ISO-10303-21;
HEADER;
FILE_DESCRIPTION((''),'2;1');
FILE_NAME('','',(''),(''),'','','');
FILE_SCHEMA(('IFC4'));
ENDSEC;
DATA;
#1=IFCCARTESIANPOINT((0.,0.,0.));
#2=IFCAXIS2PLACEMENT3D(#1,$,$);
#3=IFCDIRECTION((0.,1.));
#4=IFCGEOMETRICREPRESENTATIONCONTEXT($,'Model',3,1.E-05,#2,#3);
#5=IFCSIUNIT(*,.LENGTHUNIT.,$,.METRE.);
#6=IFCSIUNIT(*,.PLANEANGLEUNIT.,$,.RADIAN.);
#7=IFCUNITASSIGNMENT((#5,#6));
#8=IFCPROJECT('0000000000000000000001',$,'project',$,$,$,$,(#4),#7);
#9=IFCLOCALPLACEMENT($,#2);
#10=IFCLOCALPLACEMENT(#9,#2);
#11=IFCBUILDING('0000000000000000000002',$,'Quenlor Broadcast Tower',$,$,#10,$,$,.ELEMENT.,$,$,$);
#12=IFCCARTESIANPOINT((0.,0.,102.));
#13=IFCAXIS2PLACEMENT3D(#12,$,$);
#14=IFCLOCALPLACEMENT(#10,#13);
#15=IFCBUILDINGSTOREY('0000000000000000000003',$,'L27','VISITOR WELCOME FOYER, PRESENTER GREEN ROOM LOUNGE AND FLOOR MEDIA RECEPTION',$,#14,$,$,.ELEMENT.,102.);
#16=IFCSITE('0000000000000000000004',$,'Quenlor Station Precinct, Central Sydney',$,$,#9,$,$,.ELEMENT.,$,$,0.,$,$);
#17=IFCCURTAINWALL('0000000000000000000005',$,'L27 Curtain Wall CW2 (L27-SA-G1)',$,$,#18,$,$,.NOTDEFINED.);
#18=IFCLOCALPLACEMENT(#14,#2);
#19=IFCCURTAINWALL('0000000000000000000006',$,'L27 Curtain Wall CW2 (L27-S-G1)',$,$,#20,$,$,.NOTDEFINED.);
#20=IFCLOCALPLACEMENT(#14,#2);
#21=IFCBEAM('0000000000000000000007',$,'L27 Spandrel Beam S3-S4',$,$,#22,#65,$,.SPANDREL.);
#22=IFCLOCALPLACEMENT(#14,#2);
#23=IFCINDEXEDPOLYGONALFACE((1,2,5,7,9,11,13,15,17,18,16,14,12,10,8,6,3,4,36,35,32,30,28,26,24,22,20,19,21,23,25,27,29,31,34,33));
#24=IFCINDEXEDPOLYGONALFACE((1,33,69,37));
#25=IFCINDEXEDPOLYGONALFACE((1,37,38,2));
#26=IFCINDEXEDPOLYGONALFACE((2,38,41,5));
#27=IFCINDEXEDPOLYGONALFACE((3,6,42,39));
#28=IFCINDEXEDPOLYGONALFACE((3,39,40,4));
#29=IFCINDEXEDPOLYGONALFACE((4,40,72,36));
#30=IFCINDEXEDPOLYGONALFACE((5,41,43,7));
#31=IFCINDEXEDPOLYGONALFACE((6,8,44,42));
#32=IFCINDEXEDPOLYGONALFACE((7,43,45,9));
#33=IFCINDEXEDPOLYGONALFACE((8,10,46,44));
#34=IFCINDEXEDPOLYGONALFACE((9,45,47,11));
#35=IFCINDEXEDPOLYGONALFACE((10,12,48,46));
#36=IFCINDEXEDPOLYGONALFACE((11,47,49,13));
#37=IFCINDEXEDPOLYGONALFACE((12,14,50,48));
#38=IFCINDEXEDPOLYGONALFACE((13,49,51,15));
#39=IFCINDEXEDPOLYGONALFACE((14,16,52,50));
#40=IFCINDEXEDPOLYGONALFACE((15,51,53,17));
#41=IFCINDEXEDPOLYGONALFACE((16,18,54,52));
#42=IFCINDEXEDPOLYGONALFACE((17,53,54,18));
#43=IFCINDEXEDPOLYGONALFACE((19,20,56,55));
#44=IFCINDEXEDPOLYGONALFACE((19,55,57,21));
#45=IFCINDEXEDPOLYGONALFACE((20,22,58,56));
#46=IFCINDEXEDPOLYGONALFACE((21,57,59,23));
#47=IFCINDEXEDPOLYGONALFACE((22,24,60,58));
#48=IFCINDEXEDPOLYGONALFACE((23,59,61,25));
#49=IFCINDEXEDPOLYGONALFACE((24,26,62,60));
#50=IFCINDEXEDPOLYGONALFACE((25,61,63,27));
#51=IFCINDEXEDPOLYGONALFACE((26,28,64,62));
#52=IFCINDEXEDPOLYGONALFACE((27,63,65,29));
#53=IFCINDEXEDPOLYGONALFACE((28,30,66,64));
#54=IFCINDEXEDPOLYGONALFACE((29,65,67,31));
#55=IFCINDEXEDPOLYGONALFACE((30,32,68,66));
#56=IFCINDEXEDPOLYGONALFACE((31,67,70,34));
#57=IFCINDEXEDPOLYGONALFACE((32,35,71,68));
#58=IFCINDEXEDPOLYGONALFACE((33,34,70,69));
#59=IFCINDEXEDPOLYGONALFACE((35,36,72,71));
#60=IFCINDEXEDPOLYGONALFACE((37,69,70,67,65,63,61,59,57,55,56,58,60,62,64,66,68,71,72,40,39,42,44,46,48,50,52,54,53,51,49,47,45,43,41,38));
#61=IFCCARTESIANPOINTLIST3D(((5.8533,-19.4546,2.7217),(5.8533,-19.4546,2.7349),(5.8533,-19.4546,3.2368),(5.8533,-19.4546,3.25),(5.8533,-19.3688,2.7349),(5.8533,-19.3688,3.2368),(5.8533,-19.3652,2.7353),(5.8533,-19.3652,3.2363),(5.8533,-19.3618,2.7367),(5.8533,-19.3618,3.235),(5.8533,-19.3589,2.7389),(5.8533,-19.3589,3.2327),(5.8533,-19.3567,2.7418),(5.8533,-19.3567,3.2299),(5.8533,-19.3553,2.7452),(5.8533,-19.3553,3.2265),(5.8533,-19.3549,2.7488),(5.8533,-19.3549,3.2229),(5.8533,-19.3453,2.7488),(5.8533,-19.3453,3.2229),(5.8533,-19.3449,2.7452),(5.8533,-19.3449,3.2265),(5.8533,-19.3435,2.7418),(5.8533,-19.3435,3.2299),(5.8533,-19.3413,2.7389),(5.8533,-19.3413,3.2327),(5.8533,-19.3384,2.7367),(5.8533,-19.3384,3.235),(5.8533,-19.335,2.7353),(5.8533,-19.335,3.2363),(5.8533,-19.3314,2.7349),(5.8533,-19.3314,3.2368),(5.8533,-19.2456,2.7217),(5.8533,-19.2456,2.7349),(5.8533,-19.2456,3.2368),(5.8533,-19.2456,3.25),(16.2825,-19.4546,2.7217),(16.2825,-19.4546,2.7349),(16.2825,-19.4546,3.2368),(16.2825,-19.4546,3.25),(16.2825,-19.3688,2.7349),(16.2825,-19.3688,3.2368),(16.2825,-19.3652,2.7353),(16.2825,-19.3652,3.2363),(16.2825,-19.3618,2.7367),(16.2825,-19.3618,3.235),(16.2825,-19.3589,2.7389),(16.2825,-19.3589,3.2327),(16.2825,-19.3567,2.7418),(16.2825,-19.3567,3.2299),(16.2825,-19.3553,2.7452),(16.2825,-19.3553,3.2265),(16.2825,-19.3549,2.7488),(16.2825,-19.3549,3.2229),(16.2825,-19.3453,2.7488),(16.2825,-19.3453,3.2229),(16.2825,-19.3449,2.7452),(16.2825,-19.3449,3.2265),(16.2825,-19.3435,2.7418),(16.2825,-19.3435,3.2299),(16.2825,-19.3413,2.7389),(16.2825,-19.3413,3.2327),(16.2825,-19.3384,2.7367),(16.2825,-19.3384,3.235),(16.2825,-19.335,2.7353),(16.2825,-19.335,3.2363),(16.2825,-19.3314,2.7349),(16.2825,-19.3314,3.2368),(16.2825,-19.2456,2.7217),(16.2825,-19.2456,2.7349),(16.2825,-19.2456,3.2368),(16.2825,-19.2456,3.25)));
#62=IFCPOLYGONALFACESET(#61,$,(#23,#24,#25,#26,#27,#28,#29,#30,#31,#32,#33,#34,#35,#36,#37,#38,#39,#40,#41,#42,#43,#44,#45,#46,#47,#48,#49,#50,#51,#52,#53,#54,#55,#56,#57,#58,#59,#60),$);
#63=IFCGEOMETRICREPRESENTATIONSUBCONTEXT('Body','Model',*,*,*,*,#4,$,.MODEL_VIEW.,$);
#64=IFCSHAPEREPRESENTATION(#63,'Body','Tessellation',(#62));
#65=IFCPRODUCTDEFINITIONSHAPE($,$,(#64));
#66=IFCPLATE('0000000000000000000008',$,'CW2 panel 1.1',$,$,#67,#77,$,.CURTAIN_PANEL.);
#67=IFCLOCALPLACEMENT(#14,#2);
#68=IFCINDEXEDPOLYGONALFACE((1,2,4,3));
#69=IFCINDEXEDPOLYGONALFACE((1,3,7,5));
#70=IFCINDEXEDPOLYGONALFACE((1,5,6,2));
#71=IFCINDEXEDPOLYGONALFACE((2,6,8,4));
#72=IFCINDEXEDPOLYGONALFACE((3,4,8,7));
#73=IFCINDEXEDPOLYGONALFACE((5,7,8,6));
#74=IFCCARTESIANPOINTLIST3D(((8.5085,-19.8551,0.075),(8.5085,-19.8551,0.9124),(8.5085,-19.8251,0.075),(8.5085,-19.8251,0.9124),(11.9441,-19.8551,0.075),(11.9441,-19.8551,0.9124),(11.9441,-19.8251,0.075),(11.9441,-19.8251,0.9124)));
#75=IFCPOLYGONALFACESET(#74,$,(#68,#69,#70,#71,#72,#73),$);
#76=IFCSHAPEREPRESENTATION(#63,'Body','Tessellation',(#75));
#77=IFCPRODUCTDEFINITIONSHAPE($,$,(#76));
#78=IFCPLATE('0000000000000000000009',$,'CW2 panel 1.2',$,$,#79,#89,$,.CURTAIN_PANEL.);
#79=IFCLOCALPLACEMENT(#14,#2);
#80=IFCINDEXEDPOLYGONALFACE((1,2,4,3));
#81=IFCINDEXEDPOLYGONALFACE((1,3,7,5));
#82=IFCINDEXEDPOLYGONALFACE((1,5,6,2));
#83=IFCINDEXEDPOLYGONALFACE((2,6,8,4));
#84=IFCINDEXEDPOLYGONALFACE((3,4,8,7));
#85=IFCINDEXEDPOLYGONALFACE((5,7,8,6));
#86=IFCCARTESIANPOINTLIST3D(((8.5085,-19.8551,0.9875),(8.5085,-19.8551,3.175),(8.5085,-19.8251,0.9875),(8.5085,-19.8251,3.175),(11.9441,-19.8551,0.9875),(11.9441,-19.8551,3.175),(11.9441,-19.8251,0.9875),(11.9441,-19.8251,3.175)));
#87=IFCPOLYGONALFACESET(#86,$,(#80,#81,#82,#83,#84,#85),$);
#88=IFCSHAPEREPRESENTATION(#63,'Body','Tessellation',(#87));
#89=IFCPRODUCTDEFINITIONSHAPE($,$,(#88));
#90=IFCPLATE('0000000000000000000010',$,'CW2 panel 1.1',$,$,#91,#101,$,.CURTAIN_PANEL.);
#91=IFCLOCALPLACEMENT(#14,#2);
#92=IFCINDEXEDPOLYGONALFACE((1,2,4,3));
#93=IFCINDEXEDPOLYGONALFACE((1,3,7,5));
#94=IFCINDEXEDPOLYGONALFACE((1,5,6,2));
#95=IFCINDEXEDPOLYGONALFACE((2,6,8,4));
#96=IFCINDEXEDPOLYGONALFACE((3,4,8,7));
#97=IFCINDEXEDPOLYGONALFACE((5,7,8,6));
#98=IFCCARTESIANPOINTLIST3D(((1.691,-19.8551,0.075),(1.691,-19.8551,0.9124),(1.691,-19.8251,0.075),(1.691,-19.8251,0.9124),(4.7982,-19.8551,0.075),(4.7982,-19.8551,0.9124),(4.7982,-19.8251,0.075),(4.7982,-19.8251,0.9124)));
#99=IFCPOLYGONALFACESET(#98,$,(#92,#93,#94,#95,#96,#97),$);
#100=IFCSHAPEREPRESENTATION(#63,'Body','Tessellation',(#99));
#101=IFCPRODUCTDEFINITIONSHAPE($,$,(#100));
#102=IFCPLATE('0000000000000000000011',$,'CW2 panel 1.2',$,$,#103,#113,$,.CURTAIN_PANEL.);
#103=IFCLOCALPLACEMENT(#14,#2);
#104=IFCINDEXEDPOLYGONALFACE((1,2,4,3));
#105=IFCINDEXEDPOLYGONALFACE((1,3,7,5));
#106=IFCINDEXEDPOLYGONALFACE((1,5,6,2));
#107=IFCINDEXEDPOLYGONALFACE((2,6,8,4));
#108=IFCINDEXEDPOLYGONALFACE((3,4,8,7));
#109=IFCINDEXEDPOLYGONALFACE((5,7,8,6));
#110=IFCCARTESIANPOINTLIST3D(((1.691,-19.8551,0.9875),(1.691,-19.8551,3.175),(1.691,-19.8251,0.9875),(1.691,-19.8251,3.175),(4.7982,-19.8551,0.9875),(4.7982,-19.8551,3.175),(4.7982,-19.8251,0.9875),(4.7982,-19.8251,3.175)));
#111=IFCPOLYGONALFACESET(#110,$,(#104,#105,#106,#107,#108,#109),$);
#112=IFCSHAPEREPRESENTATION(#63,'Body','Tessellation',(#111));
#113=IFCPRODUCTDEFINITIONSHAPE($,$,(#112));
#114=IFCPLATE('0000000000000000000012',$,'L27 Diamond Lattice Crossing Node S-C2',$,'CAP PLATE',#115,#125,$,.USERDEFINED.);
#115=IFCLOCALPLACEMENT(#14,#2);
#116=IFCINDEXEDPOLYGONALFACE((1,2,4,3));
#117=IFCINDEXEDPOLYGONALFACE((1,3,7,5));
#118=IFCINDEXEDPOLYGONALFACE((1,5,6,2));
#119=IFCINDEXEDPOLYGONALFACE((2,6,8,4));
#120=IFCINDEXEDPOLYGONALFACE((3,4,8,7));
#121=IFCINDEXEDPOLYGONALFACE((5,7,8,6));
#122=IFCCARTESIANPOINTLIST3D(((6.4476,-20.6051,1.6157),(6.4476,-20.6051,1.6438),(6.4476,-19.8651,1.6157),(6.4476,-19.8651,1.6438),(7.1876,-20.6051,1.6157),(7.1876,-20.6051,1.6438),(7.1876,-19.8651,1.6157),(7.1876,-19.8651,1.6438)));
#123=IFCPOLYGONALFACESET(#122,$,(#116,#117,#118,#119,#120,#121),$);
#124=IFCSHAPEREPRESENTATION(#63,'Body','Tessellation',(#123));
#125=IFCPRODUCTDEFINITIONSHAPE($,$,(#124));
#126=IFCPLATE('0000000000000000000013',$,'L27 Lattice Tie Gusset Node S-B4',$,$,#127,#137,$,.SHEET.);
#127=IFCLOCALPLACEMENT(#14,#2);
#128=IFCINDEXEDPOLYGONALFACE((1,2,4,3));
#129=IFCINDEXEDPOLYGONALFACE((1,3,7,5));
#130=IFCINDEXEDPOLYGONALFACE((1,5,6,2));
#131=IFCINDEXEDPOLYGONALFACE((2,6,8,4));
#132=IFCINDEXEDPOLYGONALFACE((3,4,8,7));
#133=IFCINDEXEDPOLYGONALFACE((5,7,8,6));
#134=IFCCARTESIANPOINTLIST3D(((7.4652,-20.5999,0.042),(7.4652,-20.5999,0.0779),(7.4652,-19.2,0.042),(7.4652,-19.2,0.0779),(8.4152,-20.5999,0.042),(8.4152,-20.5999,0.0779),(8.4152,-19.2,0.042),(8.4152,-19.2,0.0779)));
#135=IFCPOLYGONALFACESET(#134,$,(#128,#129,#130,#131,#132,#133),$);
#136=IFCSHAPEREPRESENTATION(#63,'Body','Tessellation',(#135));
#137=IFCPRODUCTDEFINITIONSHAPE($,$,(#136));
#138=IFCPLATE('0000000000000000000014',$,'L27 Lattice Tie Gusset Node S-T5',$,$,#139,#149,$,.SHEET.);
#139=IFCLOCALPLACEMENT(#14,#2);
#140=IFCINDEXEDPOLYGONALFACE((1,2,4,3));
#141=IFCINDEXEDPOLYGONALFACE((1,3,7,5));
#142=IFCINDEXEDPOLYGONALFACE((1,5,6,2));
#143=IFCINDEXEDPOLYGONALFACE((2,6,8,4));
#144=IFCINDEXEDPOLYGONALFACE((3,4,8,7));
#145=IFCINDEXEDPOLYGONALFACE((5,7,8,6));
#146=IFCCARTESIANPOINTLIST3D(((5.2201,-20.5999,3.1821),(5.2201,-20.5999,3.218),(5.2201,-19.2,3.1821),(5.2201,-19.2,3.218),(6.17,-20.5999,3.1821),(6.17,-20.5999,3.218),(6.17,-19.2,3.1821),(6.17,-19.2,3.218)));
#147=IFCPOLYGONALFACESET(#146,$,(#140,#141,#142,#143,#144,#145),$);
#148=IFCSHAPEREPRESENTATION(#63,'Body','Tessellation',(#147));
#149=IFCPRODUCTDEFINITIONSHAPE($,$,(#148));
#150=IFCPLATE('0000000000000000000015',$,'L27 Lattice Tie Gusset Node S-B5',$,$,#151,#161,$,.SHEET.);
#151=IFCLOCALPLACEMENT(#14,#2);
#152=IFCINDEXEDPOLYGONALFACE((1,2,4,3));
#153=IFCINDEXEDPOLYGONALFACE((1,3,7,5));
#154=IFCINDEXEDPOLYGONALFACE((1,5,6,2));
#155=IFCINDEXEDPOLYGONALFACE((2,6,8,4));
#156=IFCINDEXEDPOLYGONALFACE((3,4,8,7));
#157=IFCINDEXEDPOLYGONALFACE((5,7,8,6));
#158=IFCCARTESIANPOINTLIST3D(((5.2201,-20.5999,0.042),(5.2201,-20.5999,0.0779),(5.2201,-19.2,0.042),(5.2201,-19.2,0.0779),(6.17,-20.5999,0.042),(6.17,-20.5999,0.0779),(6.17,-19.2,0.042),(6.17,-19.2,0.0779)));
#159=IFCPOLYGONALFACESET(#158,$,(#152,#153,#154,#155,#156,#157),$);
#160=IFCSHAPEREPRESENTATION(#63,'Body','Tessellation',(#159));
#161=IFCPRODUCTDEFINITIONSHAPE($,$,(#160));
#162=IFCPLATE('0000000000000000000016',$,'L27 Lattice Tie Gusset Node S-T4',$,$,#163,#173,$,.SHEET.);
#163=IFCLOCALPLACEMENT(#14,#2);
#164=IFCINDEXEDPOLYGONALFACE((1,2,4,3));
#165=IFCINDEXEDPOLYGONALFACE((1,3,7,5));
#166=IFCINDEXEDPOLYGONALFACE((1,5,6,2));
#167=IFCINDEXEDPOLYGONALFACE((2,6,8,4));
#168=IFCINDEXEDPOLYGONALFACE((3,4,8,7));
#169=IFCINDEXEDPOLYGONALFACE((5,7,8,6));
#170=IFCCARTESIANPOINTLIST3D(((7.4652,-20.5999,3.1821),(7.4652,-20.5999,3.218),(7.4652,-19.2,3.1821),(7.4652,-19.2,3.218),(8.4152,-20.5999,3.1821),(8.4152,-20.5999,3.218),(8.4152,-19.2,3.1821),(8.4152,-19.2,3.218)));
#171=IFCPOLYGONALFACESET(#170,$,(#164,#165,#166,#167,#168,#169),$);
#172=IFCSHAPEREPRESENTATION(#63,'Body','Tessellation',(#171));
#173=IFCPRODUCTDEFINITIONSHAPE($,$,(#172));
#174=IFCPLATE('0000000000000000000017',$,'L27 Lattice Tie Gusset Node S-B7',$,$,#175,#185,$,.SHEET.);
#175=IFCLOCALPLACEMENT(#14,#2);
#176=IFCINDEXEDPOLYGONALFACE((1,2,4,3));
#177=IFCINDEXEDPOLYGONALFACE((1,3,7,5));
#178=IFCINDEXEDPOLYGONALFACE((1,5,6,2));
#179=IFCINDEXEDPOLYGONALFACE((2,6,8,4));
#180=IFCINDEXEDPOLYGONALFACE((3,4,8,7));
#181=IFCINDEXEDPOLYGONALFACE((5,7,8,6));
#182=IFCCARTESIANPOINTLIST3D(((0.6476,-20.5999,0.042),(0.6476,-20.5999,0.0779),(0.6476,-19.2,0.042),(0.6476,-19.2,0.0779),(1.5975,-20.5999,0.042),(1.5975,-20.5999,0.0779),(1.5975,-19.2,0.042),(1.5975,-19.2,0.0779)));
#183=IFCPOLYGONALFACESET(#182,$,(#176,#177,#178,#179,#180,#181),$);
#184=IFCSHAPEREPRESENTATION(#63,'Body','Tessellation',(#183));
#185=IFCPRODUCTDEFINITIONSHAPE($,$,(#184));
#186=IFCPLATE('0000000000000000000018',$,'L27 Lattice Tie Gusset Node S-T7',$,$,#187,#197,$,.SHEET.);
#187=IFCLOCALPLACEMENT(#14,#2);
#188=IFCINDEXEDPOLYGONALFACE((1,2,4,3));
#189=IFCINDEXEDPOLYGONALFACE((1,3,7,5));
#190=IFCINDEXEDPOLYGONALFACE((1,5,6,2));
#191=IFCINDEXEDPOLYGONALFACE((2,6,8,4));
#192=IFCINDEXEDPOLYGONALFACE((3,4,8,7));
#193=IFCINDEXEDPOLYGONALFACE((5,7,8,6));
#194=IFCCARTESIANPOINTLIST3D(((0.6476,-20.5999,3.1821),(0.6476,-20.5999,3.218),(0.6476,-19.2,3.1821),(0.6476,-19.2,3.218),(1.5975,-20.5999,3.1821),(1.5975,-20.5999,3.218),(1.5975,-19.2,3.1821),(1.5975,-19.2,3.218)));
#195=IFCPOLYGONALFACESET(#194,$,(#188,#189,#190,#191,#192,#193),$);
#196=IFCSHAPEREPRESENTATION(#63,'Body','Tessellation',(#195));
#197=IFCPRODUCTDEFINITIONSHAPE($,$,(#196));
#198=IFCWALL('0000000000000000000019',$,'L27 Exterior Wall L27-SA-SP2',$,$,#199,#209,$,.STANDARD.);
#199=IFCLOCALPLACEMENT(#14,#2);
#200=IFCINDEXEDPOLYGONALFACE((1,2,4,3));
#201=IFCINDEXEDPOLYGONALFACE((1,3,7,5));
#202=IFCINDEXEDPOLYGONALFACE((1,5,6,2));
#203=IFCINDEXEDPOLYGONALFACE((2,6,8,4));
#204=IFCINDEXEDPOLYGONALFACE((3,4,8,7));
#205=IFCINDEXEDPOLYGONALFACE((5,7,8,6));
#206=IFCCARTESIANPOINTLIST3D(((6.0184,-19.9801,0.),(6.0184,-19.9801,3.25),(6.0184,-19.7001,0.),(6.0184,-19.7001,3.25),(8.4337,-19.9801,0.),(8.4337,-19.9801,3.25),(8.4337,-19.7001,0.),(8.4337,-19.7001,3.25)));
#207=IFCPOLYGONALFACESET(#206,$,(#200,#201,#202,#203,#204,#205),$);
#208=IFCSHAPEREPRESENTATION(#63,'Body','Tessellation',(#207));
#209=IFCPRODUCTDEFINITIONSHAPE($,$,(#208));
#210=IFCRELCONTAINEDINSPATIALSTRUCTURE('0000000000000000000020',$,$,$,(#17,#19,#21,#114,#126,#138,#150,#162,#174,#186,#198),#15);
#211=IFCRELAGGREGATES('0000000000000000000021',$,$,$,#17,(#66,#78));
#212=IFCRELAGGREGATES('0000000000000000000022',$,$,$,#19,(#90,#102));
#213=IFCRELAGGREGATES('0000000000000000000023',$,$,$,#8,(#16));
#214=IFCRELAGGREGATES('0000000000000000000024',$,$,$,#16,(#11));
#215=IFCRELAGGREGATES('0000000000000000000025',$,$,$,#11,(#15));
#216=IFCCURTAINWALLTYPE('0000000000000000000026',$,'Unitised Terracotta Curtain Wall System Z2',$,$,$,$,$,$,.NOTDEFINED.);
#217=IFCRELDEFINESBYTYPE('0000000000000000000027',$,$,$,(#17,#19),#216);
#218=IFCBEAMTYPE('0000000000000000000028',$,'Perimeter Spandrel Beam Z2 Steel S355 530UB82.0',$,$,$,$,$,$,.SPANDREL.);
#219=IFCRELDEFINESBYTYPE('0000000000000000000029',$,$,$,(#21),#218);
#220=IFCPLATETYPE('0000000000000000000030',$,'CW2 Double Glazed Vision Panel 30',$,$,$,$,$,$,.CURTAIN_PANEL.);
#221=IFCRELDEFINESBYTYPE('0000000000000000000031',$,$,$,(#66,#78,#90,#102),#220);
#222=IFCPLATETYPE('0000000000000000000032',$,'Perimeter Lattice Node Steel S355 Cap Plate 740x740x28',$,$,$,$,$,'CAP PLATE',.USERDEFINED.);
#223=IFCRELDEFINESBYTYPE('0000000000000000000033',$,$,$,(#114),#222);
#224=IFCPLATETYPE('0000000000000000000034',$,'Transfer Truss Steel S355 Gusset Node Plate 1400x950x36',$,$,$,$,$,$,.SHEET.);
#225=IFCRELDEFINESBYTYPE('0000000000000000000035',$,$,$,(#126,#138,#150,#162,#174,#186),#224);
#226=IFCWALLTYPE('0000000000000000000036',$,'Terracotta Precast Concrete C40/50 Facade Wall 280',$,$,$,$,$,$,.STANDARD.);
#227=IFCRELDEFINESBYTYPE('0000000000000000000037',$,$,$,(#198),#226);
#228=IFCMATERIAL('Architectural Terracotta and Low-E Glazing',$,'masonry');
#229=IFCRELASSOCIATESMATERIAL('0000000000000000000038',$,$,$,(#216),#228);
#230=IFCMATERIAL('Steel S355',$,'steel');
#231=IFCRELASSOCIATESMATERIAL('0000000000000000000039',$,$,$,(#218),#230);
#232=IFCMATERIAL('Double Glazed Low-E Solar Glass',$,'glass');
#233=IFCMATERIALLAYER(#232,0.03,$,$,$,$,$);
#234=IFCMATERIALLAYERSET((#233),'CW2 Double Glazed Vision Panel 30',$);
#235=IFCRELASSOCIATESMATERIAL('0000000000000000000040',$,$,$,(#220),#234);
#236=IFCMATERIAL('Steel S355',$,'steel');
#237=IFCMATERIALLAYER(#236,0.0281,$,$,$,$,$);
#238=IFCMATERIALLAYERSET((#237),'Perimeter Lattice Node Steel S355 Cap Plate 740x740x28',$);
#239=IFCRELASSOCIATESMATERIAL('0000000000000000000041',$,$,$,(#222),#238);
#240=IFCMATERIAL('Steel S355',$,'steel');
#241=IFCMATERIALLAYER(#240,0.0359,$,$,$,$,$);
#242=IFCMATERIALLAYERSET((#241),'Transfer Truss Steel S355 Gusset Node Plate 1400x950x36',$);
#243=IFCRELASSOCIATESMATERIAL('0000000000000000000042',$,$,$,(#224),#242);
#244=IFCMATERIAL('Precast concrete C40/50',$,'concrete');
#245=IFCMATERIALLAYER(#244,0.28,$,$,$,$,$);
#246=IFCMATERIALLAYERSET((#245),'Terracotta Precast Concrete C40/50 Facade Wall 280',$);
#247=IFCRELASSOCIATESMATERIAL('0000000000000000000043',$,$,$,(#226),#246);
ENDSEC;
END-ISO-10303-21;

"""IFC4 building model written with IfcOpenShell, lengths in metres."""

from ifc_helpers import new_model, si_unit, direction, frame, frame_2d, origin, origin_2d, place, context, subcontext, project, spatial, rectangle, i_section, extrude, material, layer, layer_set, material_profile, profile_set, type_object, element, aggregate, save


model = new_model("IFC4")

# Units and contexts
model_context = context("Model", 3, precision=1e-05, world=origin(), true_north=direction((0.0, 1.0)))
body_context = subcontext(model_context, "Body", "Model", "MODEL_VIEW")
ifc_project = project(units=[si_unit("LENGTHUNIT", "METRE"), si_unit("PLANEANGLEUNIT", "RADIAN")], contexts=[model_context])

# Site, building, storey
site_placement = place(None, origin())
site = spatial("IfcSite", under=ifc_project, at=site_placement, Name="Quenlor Station Precinct, Central Sydney", CompositionType="ELEMENT", RefElevation=0.0)
building_placement = place(site_placement, origin())
building = spatial("IfcBuilding", under=site, at=building_placement, Name="Quenlor Broadcast Tower", CompositionType="ELEMENT")
storey_placement = place(building_placement, frame((0.0, 0.0, 102.0)))
storey = spatial("IfcBuildingStorey", under=building, at=storey_placement, Name="L27", Description="VISITOR WELCOME FOYER, PRESENTER GREEN ROOM LOUNGE AND FLOOR MEDIA RECEPTION", CompositionType="ELEMENT", Elevation=102.0)

# Curtain wall
ifc_material_1 = material(Name="Architectural Terracotta and Low-E Glazing", Category="masonry")
curtain_wall_type = type_object("IfcCurtainWallType", Name="Unitised Terracotta Curtain Wall System Z2", PredefinedType="NOTDEFINED", material=ifc_material_1)
curtain_wall_1_placement = place(storey_placement, origin())
curtain_wall_1 = element("IfcCurtainWall", 1, at=curtain_wall_1_placement, inside=storey, type_object=curtain_wall_type, Name="L27 Curtain Wall CW2 (L27-SA-G1)", PredefinedType="NOTDEFINED")

# Curtain wall
curtain_wall_2_placement = place(storey_placement, origin())
curtain_wall_2 = element("IfcCurtainWall", 2, at=curtain_wall_2_placement, inside=storey, type_object=curtain_wall_type, Name="L27 Curtain Wall CW2 (L27-S-G1)", PredefinedType="NOTDEFINED")

# Beam
ifc_material_2 = material(Name="Steel S355", Category="steel")
ifc_material_profile_1 = material_profile(ifc_material_2, i_section(OverallWidth=0.209, OverallDepth=0.5283, WebThickness=0.0095, FlangeThickness=0.0132, FilletRadius=0.0139, at=origin_2d()))
ifc_profile_set_1 = profile_set([ifc_material_profile_1], Name="Steel S355 530UB82.0")
beam_type = type_object("IfcBeamType", Name="Perimeter Spandrel Beam Z2 Steel S355 530UB82.0", PredefinedType="SPANDREL", material=ifc_profile_set_1)
beam_placement = place(storey_placement, frame((5.8533, -19.3501, 2.9858), z_axis=(1.0, 0.0, 0.0), x_axis=(0.0, 1.0, 0.0)))
element("IfcBeam", 3, at=beam_placement, inside=storey, type_object=beam_type, Name="L27 Spandrel Beam S3-S4", PredefinedType="SPANDREL", context=body_context, shape_type="SweptSolid", body=[
    extrude(i_section(OverallWidth=0.209, OverallDepth=0.5283, WebThickness=0.0095, FlangeThickness=0.0132, FilletRadius=0.0139, at=origin_2d()), origin(), (0.0, 0.0, 1.0), 10.4292),
])

# Plates
ifc_material_3 = material(Name="Double Glazed Low-E Solar Glass", Category="glass")
ifc_layer_1 = layer(ifc_material_3, 0.03)
ifc_layer_set_1 = layer_set([ifc_layer_1], Name="CW2 Double Glazed Vision Panel 30")
plate_type_1 = type_object("IfcPlateType", Name="CW2 Double Glazed Vision Panel 30", PredefinedType="CURTAIN_PANEL", material=ifc_layer_set_1)
plate_1_placement = place(storey_placement, frame((10.2263, -19.8401, 0.075), z_axis=(0.0, 0.0, 1.0), x_axis=(-1.0, 0.0, 0.0)))
plate_1 = element("IfcPlate", 4, at=plate_1_placement, type_object=plate_type_1, Name="CW2 panel 1.1", PredefinedType="CURTAIN_PANEL", context=body_context, shape_type="SweptSolid", body=[
    extrude(rectangle(XDim=3.4355, YDim=0.03, at=origin_2d()), origin(), (0.0, 0.0, 1.0), 0.8374),
])
plate_2_placement = place(storey_placement, frame((10.2263, -19.8401, 0.9875), z_axis=(0.0, 0.0, 1.0), x_axis=(-1.0, 0.0, 0.0)))
plate_2 = element("IfcPlate", 5, at=plate_2_placement, type_object=plate_type_1, Name="CW2 panel 1.2", PredefinedType="CURTAIN_PANEL", context=body_context, shape_type="SweptSolid", body=[
    extrude(rectangle(XDim=3.4355, YDim=0.03, at=origin_2d()), origin(), (0.0, 0.0, 1.0), 2.1875),
])
aggregate(curtain_wall_1, [plate_1, plate_2])
plate_3_placement = place(storey_placement, frame((3.2446, -19.8401, 0.075), z_axis=(0.0, 0.0, 1.0), x_axis=(-1.0, 0.0, 0.0)))
plate_3 = element("IfcPlate", 6, at=plate_3_placement, type_object=plate_type_1, Name="CW2 panel 1.1", PredefinedType="CURTAIN_PANEL", context=body_context, shape_type="SweptSolid", body=[
    extrude(rectangle(XDim=3.1072, YDim=0.03, at=origin_2d()), origin(), (0.0, 0.0, 1.0), 0.8374),
])
plate_4_placement = place(storey_placement, frame((3.2446, -19.8401, 0.9875), z_axis=(0.0, 0.0, 1.0), x_axis=(-1.0, 0.0, 0.0)))
plate_4 = element("IfcPlate", 7, at=plate_4_placement, type_object=plate_type_1, Name="CW2 panel 1.2", PredefinedType="CURTAIN_PANEL", context=body_context, shape_type="SweptSolid", body=[
    extrude(rectangle(XDim=3.1072, YDim=0.03, at=origin_2d()), origin(), (0.0, 0.0, 1.0), 2.1875),
])
aggregate(curtain_wall_2, [plate_3, plate_4])

# Plates
ifc_material_4 = material(Name="Steel S355", Category="steel")
ifc_layer_2 = layer(ifc_material_4, 0.0281)
ifc_layer_set_2 = layer_set([ifc_layer_2], Name="Perimeter Lattice Node Steel S355 Cap Plate 740x740x28")
plate_type_2 = type_object("IfcPlateType", Name="Perimeter Lattice Node Steel S355 Cap Plate 740x740x28", ElementType="CAP PLATE", PredefinedType="USERDEFINED", material=ifc_layer_set_2)
plate_5_placement = place(storey_placement, frame((6.8176, -20.2351, 1.6157), z_axis=(0.0, 0.0, 1.0), x_axis=(-1.0, 0.0, 0.0)))
element("IfcPlate", 8, at=plate_5_placement, inside=storey, type_object=plate_type_2, Name="L27 Diamond Lattice Crossing Node S-C2", ObjectType="CAP PLATE", PredefinedType="USERDEFINED", context=body_context, shape_type="SweptSolid", body=[
    extrude(rectangle(XDim=0.74, YDim=0.74, at=origin_2d()), origin(), (0.0, 0.0, 1.0), 0.0281),
])
ifc_material_5 = material(Name="Steel S355", Category="steel")
ifc_layer_3 = layer(ifc_material_5, 0.0359)
ifc_layer_set_3 = layer_set([ifc_layer_3], Name="Transfer Truss Steel S355 Gusset Node Plate 1400x950x36")
plate_type_3 = type_object("IfcPlateType", Name="Transfer Truss Steel S355 Gusset Node Plate 1400x950x36", PredefinedType="SHEET", material=ifc_layer_set_3)
for number, where, z_axis, x_axis, name in (
    (9, (7.9402, -19.8999, 0.042), (0.0, 0.0, 1.0), (0.0, -1.0, 0.0), "L27 Lattice Tie Gusset Node S-B4"),
    (10, (5.6951, -19.8999, 3.1821), (0.0, 0.0, 1.0), (0.0, -1.0, 0.0), "L27 Lattice Tie Gusset Node S-T5"),
    (11, (5.6951, -19.8999, 0.042), (0.0, 0.0, 1.0), (0.0, -1.0, 0.0), "L27 Lattice Tie Gusset Node S-B5"),
    (12, (7.9402, -19.8999, 3.1821), (0.0, 0.0, 1.0), (0.0, -1.0, 0.0), "L27 Lattice Tie Gusset Node S-T4"),
    (13, (1.1226, -19.8999, 0.042), (0.0, 0.0, 1.0), (0.0, -1.0, 0.0), "L27 Lattice Tie Gusset Node S-B7"),
    (14, (1.1226, -19.8999, 3.1821), (0.0, 0.0, 1.0), (0.0, -1.0, 0.0), "L27 Lattice Tie Gusset Node S-T7"),
):
    element("IfcPlate", number, at=place(storey_placement, frame(where, z_axis=z_axis, x_axis=x_axis)), inside=storey, type_object=plate_type_3, Name=name, PredefinedType="SHEET", context=body_context, shape_type="SweptSolid", body=[
        extrude(rectangle(XDim=1.3999, YDim=0.95, at=origin_2d()), origin(), (0.0, 0.0, 1.0), 0.0359),
    ])

# Wall
ifc_material_6 = material(Name="Precast concrete C40/50", Category="concrete")
ifc_layer_4 = layer(ifc_material_6, 0.28)
ifc_layer_set_4 = layer_set([ifc_layer_4], Name="Terracotta Precast Concrete C40/50 Facade Wall 280")
wall_type = type_object("IfcWallType", Name="Terracotta Precast Concrete C40/50 Facade Wall 280", PredefinedType="STANDARD", material=ifc_layer_set_4)
wall_1_placement = place(storey_placement, frame((8.4336, -19.8401, 0.0), z_axis=(0.0, 0.0, 1.0), x_axis=(-1.0, 0.0, 0.0)))
element("IfcWall", 15, at=wall_1_placement, inside=storey, type_object=wall_type, Name="L27 Exterior Wall L27-SA-SP2", PredefinedType="STANDARD", context=body_context, shape_type="SweptSolid", body=[
    extrude(rectangle(XDim=2.4153, YDim=0.28, at=frame_2d((1.2075, 0.0))), origin(), (0.0, 0.0, 1.0), 3.25),
])

save(model, "model.ifc")
